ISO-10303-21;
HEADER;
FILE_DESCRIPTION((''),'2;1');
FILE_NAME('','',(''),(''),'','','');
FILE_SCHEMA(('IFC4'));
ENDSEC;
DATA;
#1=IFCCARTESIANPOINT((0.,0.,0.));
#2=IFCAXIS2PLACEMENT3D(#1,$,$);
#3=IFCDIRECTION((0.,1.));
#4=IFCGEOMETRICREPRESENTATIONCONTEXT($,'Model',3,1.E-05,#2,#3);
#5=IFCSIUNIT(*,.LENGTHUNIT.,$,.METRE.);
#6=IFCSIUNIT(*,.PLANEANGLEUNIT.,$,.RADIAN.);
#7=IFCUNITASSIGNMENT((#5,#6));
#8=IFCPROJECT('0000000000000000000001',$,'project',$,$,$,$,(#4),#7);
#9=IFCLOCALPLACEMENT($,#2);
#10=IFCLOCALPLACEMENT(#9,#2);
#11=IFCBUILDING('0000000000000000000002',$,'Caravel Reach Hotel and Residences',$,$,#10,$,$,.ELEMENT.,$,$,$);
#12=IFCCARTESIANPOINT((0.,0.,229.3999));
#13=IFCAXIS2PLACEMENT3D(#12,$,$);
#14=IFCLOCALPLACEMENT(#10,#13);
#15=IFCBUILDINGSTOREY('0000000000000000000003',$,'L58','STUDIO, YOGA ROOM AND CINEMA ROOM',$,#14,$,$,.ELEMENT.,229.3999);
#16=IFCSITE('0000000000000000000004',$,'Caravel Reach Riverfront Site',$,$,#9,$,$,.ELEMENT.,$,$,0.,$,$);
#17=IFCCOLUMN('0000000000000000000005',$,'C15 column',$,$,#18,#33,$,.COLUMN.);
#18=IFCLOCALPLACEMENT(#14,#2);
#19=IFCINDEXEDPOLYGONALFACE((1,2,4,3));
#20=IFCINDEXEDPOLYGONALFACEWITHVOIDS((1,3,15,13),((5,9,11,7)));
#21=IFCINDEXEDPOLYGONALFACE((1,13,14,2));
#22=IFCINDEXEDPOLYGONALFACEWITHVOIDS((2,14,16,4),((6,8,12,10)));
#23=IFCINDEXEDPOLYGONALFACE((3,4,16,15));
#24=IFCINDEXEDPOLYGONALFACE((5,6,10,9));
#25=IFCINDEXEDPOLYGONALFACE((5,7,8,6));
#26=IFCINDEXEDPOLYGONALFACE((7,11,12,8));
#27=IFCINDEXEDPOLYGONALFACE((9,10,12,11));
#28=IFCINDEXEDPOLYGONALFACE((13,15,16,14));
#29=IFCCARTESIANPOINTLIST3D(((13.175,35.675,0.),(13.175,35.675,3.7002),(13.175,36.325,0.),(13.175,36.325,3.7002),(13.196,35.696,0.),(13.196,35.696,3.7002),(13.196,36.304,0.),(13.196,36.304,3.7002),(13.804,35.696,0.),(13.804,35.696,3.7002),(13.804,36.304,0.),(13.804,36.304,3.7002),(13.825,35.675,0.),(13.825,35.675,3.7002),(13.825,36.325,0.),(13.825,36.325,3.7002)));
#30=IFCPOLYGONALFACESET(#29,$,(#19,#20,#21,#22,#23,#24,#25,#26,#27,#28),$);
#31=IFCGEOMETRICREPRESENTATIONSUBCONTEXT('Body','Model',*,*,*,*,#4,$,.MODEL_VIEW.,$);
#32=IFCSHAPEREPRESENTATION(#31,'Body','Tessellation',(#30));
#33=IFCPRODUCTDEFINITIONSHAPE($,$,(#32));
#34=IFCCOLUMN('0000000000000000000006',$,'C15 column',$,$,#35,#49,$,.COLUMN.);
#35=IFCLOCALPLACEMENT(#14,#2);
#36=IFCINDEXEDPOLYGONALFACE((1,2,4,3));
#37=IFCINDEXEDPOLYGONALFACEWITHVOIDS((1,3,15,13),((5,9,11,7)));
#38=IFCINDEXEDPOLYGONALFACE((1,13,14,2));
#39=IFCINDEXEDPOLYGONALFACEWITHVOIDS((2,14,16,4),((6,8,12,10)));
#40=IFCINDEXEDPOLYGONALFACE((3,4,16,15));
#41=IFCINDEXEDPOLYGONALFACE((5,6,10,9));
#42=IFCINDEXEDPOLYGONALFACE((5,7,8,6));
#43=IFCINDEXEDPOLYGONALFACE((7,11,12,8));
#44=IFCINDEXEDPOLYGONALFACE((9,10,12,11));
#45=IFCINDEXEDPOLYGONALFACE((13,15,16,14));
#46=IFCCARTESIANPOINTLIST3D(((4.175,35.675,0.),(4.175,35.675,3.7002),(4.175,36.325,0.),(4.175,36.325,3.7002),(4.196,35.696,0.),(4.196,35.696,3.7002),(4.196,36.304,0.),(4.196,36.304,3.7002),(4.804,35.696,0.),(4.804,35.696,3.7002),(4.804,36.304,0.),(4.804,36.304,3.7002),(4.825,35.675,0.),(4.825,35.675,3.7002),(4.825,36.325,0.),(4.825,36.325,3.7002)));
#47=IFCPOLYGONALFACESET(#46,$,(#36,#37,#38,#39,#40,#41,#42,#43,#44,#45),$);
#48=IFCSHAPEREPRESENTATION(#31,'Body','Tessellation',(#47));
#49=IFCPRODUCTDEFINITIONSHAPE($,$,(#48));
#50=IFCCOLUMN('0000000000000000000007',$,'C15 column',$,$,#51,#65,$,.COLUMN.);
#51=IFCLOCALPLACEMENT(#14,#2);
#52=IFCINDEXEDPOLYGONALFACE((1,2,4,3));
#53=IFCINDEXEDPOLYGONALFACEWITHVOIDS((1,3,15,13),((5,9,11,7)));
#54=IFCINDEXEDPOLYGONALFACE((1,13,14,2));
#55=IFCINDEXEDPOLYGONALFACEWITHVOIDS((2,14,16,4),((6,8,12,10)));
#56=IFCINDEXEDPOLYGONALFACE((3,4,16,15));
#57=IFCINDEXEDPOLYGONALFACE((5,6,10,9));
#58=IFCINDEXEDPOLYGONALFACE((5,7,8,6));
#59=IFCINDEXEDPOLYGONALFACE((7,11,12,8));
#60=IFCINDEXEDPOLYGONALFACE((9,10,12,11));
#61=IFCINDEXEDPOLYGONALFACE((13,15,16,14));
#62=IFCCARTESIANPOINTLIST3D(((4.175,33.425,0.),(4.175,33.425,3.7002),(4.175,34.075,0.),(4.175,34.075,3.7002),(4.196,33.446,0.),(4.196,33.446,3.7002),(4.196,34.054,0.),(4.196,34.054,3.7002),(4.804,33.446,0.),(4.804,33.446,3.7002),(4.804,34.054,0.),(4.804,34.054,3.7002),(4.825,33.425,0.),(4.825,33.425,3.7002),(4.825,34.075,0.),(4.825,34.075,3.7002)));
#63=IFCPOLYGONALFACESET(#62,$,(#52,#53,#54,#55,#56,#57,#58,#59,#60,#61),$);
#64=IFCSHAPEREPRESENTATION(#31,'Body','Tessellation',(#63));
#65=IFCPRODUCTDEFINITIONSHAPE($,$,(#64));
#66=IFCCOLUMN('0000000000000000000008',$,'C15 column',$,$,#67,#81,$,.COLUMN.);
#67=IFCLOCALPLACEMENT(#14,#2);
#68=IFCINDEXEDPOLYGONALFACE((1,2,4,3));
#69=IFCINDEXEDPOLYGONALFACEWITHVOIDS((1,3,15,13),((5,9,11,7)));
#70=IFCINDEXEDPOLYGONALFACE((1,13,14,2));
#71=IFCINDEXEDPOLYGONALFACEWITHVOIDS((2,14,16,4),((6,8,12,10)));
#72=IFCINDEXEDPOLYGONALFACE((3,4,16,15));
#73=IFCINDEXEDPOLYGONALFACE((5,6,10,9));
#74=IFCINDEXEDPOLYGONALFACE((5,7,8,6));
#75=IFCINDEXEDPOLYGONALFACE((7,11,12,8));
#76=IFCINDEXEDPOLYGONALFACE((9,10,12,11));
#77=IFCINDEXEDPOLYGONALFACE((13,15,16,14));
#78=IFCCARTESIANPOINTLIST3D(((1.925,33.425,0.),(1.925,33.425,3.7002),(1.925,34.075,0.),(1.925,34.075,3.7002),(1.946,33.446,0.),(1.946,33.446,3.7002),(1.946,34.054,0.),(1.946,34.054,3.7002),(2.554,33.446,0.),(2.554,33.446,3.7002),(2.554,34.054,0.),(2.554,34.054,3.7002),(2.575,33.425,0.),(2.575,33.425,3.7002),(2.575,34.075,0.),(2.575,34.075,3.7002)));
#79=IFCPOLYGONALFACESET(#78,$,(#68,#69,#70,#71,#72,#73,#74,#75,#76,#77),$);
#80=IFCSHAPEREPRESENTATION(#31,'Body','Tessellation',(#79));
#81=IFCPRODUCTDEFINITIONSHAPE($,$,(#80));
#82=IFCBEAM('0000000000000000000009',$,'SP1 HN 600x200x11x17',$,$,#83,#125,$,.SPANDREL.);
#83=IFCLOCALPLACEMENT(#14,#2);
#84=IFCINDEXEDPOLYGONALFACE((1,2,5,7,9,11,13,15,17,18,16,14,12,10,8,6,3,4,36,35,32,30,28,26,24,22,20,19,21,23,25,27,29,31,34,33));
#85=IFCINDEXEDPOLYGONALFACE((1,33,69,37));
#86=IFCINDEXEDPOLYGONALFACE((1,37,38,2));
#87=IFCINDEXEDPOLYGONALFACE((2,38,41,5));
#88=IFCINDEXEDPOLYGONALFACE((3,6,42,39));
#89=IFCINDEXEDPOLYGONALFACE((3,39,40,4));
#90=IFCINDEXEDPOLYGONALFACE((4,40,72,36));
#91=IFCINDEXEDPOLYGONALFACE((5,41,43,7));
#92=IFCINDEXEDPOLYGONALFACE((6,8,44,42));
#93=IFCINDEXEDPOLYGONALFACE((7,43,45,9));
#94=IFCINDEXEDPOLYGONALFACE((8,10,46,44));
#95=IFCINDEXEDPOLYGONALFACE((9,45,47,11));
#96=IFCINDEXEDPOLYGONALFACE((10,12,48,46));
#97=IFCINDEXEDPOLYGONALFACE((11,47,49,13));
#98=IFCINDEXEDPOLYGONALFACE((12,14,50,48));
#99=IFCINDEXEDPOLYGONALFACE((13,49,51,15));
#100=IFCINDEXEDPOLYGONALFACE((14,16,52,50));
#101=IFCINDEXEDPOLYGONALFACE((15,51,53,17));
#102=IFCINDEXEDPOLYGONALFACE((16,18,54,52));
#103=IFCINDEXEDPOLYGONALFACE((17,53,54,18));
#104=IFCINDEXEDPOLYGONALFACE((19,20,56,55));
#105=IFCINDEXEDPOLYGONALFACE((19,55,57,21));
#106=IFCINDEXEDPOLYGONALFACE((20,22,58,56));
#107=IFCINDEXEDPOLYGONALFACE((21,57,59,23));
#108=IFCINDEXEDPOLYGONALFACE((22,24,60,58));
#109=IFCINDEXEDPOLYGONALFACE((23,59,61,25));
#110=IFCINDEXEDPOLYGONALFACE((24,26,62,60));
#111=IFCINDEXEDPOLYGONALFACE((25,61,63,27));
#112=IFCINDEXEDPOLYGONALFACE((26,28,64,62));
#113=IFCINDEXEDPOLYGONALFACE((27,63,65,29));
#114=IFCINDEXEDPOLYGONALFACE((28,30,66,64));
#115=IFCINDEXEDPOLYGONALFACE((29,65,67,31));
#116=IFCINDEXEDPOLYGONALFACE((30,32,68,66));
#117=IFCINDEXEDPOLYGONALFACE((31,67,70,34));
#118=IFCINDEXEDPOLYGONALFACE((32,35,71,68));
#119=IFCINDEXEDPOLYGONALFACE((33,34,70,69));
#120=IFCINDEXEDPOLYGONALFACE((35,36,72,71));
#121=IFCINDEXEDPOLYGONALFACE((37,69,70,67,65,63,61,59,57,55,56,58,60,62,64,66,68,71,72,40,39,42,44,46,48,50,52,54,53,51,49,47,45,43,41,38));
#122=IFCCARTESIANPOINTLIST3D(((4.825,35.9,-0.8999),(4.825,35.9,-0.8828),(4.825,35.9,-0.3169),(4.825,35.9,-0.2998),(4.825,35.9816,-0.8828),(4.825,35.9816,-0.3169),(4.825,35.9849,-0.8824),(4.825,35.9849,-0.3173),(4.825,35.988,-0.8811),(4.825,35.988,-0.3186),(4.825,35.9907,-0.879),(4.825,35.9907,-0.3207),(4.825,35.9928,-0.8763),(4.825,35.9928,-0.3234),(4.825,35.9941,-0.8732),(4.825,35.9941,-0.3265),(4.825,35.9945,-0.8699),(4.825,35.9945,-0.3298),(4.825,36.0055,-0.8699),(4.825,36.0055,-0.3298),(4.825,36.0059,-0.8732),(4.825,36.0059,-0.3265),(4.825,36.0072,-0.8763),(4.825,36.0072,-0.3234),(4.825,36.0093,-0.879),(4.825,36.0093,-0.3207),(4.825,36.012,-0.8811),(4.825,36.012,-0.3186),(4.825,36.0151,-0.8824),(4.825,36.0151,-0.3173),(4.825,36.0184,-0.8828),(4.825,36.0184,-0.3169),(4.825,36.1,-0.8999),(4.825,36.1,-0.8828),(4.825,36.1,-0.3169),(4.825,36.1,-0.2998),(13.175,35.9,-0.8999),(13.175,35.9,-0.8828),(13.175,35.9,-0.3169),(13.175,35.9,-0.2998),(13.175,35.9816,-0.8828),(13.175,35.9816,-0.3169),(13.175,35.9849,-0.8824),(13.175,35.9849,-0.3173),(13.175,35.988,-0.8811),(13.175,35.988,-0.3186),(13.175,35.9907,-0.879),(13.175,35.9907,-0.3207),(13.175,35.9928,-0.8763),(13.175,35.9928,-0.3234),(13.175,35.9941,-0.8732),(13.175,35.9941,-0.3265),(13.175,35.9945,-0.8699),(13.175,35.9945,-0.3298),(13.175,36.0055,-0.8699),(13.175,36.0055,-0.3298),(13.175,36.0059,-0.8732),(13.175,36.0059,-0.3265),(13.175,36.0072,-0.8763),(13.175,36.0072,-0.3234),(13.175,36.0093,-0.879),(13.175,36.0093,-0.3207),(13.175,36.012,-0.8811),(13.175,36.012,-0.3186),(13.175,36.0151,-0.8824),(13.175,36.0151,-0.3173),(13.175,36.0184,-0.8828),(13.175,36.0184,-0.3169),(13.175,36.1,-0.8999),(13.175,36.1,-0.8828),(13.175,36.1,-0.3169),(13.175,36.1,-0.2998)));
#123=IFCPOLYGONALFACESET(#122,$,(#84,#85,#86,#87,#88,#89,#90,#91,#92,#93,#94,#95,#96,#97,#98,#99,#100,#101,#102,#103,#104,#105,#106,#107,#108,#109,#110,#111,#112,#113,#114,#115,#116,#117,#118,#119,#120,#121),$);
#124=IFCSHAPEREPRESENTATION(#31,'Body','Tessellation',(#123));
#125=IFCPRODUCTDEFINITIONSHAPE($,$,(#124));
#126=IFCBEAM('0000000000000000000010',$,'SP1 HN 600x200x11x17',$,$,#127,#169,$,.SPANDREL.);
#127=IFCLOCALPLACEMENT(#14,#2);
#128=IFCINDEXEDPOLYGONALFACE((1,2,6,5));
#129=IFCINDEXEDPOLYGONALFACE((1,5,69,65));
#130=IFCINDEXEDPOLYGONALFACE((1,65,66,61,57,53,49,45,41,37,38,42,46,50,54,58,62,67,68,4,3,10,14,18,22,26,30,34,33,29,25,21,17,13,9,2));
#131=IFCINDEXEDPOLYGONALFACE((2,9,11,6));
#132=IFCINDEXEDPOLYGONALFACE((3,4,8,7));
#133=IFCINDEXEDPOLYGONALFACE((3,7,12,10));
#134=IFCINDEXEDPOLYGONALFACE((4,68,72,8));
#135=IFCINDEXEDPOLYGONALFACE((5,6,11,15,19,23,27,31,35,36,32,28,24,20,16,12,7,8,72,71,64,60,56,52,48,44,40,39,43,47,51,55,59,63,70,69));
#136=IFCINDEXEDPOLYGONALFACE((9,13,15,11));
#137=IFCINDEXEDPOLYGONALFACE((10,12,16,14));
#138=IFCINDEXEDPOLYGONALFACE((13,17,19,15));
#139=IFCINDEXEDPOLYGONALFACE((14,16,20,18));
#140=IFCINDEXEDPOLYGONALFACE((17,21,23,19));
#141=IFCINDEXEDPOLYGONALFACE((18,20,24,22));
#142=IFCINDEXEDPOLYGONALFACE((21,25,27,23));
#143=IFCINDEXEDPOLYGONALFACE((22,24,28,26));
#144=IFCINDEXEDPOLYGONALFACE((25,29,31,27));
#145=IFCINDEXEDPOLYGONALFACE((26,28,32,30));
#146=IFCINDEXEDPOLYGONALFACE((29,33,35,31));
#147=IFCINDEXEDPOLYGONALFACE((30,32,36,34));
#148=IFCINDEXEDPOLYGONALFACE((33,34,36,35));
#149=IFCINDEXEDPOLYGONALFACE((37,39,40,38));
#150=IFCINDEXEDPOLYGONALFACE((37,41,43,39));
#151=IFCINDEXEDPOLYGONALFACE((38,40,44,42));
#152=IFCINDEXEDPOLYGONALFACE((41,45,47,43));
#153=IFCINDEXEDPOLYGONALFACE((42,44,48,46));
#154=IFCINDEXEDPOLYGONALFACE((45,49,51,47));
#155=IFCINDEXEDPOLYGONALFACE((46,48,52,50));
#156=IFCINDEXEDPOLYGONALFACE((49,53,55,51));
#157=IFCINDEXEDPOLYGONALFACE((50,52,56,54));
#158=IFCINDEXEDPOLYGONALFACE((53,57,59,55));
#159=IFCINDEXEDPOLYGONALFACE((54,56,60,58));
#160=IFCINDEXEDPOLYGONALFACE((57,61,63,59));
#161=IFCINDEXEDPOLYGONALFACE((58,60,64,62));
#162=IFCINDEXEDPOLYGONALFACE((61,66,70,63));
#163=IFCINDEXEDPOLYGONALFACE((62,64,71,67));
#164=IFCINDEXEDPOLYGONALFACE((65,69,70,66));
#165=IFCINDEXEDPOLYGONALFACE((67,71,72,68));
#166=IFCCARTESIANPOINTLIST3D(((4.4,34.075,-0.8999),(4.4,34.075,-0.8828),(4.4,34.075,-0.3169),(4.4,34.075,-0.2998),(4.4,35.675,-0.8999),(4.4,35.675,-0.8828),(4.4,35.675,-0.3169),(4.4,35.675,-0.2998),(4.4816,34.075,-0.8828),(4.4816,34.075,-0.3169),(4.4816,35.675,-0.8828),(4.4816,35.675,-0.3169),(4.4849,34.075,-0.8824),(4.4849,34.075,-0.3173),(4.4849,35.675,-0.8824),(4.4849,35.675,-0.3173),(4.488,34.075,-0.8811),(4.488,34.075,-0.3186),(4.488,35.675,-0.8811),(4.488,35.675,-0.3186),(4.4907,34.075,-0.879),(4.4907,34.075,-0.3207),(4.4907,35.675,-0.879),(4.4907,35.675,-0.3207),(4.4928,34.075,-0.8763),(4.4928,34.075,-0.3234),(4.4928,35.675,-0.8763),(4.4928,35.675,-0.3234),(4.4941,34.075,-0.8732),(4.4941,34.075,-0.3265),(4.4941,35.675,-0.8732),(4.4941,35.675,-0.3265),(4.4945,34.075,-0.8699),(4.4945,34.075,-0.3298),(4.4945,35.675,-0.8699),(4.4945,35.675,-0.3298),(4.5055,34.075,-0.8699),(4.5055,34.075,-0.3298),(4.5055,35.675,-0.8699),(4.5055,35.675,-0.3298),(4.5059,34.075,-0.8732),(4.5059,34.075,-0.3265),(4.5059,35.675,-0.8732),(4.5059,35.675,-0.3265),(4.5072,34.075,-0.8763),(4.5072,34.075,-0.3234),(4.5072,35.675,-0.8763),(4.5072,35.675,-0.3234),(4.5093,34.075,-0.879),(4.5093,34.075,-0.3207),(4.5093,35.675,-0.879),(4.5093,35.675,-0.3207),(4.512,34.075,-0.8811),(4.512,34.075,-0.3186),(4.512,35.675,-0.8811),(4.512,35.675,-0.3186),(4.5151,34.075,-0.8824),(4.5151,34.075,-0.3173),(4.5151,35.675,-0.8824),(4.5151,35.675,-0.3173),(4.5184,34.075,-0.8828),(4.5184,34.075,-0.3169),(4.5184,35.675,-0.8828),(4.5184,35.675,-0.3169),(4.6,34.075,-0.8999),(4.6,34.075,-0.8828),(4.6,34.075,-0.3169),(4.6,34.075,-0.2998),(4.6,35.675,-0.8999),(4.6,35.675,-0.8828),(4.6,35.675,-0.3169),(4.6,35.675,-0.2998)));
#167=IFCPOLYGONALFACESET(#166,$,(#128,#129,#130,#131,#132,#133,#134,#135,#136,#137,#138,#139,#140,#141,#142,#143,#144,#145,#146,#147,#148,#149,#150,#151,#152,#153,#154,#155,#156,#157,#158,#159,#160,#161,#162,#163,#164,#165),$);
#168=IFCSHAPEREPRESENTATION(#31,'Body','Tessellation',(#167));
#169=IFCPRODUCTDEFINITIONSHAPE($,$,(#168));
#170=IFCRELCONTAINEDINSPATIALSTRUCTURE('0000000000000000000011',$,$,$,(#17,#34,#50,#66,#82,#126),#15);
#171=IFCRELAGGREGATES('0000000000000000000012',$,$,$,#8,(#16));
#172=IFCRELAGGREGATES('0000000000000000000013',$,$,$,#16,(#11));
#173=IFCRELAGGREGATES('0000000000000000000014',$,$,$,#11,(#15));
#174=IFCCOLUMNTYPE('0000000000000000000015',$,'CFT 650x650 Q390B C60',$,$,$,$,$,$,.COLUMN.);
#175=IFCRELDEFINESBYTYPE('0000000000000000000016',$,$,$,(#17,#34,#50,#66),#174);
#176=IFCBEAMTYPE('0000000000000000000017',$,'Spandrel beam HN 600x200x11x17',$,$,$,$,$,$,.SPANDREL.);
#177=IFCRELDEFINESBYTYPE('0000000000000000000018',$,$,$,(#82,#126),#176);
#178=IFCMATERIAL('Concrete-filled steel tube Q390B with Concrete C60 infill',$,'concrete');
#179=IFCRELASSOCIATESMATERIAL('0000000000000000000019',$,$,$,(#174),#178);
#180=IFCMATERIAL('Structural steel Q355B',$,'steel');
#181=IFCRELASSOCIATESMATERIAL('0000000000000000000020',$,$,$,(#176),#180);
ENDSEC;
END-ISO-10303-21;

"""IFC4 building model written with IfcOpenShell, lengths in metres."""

from ifc_helpers import new_model, si_unit, direction, frame, origin, origin_2d, place, context, subcontext, project, spatial, hollow_rectangle, i_section, extrude, material, material_profile, profile_set, type_object, element, save


model = new_model("IFC4")

# Units and contexts
model_context = context("Model", 3, precision=1e-05, world=origin(), true_north=direction((0.0, 1.0)))
body_context = subcontext(model_context, "Body", "Model", "MODEL_VIEW")
ifc_project = project(units=[si_unit("LENGTHUNIT", "METRE"), si_unit("PLANEANGLEUNIT", "RADIAN")], contexts=[model_context])

# Site, building, storey
site_placement = place(None, origin())
site = spatial("IfcSite", under=ifc_project, at=site_placement, Name="Caravel Reach Riverfront Site", CompositionType="ELEMENT", RefElevation=0.0)
building_placement = place(site_placement, origin())
building = spatial("IfcBuilding", under=site, at=building_placement, Name="Caravel Reach Hotel and Residences", CompositionType="ELEMENT")
storey_placement = place(building_placement, frame((0.0, 0.0, 229.3999)))
storey = spatial("IfcBuildingStorey", under=building, at=storey_placement, Name="L58", Description="STUDIO, YOGA ROOM AND CINEMA ROOM", CompositionType="ELEMENT", Elevation=229.3999)

# Columns
ifc_material_1 = material(Name="Concrete-filled steel tube Q390B with Concrete C60 infill", Category="concrete")
ifc_material_profile_1 = material_profile(ifc_material_1, hollow_rectangle(XDim=0.6499, YDim=0.6499, WallThickness=0.021, at=origin_2d()), Name="RHS 650x650x21")
ifc_profile_set_1 = profile_set([ifc_material_profile_1], Name="Concrete-filled steel tube Q390B with Concrete C60 infill")
column_type = type_object("IfcColumnType", Name="CFT 650x650 Q390B C60", PredefinedType="COLUMN", material=ifc_profile_set_1)
for number, where, z_axis, x_axis, name in (
    (1, (13.5, 36.0, 0.0), (0.0, 0.0, 1.0), (1.0, 0.0, 0.0), "C15 column"),
    (2, (4.5, 36.0, 0.0), (0.0, 0.0, 1.0), (1.0, 0.0, 0.0), "C15 column"),
    (3, (4.5, 33.75, 0.0), (0.0, 0.0, 1.0), (1.0, 0.0, 0.0), "C15 column"),
    (4, (2.25, 33.75, 0.0), (0.0, 0.0, 1.0), (1.0, 0.0, 0.0), "C15 column"),
):
    element("IfcColumn", number, at=place(storey_placement, frame(where, z_axis=z_axis, x_axis=x_axis)), inside=storey, type_object=column_type, Name=name, PredefinedType="COLUMN", context=body_context, shape_type="SweptSolid", body=[
        extrude(hollow_rectangle(XDim=0.6499, YDim=0.6499, WallThickness=0.021, at=origin_2d()), origin(), (0.0, 0.0, 1.0), 3.7002),
    ])

# Beams
ifc_material_2 = material(Name="Structural steel Q355B", Category="steel")
ifc_material_profile_2 = material_profile(ifc_material_2, i_section(OverallWidth=0.2, OverallDepth=0.6001, WebThickness=0.011, FlangeThickness=0.0171, FilletRadius=0.0129, at=origin_2d()), Name="HN 600x200x11x17")
ifc_profile_set_2 = profile_set([ifc_material_profile_2], Name="Structural steel Q355B")
beam_type = type_object("IfcBeamType", Name="Spandrel beam HN 600x200x11x17", PredefinedType="SPANDREL", material=ifc_profile_set_2)
beam_placement = place(storey_placement, frame((13.175, 36.0, -0.5999), z_axis=(-1.0, 0.0, 0.0), x_axis=(0.0, -1.0, 0.0)))
element("IfcBeam", 5, at=beam_placement, inside=storey, type_object=beam_type, Name="SP1 HN 600x200x11x17", PredefinedType="SPANDREL", context=body_context, shape_type="SweptSolid", body=[
    extrude(i_section(OverallWidth=0.2, OverallDepth=0.6001, WebThickness=0.011, FlangeThickness=0.0171, FilletRadius=0.0129, at=origin_2d()), origin(), (0.0, 0.0, 1.0), 8.3501),
])
for number, where, z_axis, x_axis, name in (
    (6, (4.5, 35.675, -0.5999), (0.0, -1.0, 0.0), (1.0, 0.0, 0.0), "SP1 HN 600x200x11x17"),
):
    element("IfcBeam", number, at=place(storey_placement, frame(where, z_axis=z_axis, x_axis=x_axis)), inside=storey, type_object=beam_type, Name=name, PredefinedType="SPANDREL", context=body_context, shape_type="SweptSolid", body=[
        extrude(i_section(OverallWidth=0.2, OverallDepth=0.6001, WebThickness=0.011, FlangeThickness=0.0171, FilletRadius=0.0129, at=origin_2d()), origin(), (0.0, 0.0, 1.0), 1.6001),
    ])

save(model, "model.ifc")
